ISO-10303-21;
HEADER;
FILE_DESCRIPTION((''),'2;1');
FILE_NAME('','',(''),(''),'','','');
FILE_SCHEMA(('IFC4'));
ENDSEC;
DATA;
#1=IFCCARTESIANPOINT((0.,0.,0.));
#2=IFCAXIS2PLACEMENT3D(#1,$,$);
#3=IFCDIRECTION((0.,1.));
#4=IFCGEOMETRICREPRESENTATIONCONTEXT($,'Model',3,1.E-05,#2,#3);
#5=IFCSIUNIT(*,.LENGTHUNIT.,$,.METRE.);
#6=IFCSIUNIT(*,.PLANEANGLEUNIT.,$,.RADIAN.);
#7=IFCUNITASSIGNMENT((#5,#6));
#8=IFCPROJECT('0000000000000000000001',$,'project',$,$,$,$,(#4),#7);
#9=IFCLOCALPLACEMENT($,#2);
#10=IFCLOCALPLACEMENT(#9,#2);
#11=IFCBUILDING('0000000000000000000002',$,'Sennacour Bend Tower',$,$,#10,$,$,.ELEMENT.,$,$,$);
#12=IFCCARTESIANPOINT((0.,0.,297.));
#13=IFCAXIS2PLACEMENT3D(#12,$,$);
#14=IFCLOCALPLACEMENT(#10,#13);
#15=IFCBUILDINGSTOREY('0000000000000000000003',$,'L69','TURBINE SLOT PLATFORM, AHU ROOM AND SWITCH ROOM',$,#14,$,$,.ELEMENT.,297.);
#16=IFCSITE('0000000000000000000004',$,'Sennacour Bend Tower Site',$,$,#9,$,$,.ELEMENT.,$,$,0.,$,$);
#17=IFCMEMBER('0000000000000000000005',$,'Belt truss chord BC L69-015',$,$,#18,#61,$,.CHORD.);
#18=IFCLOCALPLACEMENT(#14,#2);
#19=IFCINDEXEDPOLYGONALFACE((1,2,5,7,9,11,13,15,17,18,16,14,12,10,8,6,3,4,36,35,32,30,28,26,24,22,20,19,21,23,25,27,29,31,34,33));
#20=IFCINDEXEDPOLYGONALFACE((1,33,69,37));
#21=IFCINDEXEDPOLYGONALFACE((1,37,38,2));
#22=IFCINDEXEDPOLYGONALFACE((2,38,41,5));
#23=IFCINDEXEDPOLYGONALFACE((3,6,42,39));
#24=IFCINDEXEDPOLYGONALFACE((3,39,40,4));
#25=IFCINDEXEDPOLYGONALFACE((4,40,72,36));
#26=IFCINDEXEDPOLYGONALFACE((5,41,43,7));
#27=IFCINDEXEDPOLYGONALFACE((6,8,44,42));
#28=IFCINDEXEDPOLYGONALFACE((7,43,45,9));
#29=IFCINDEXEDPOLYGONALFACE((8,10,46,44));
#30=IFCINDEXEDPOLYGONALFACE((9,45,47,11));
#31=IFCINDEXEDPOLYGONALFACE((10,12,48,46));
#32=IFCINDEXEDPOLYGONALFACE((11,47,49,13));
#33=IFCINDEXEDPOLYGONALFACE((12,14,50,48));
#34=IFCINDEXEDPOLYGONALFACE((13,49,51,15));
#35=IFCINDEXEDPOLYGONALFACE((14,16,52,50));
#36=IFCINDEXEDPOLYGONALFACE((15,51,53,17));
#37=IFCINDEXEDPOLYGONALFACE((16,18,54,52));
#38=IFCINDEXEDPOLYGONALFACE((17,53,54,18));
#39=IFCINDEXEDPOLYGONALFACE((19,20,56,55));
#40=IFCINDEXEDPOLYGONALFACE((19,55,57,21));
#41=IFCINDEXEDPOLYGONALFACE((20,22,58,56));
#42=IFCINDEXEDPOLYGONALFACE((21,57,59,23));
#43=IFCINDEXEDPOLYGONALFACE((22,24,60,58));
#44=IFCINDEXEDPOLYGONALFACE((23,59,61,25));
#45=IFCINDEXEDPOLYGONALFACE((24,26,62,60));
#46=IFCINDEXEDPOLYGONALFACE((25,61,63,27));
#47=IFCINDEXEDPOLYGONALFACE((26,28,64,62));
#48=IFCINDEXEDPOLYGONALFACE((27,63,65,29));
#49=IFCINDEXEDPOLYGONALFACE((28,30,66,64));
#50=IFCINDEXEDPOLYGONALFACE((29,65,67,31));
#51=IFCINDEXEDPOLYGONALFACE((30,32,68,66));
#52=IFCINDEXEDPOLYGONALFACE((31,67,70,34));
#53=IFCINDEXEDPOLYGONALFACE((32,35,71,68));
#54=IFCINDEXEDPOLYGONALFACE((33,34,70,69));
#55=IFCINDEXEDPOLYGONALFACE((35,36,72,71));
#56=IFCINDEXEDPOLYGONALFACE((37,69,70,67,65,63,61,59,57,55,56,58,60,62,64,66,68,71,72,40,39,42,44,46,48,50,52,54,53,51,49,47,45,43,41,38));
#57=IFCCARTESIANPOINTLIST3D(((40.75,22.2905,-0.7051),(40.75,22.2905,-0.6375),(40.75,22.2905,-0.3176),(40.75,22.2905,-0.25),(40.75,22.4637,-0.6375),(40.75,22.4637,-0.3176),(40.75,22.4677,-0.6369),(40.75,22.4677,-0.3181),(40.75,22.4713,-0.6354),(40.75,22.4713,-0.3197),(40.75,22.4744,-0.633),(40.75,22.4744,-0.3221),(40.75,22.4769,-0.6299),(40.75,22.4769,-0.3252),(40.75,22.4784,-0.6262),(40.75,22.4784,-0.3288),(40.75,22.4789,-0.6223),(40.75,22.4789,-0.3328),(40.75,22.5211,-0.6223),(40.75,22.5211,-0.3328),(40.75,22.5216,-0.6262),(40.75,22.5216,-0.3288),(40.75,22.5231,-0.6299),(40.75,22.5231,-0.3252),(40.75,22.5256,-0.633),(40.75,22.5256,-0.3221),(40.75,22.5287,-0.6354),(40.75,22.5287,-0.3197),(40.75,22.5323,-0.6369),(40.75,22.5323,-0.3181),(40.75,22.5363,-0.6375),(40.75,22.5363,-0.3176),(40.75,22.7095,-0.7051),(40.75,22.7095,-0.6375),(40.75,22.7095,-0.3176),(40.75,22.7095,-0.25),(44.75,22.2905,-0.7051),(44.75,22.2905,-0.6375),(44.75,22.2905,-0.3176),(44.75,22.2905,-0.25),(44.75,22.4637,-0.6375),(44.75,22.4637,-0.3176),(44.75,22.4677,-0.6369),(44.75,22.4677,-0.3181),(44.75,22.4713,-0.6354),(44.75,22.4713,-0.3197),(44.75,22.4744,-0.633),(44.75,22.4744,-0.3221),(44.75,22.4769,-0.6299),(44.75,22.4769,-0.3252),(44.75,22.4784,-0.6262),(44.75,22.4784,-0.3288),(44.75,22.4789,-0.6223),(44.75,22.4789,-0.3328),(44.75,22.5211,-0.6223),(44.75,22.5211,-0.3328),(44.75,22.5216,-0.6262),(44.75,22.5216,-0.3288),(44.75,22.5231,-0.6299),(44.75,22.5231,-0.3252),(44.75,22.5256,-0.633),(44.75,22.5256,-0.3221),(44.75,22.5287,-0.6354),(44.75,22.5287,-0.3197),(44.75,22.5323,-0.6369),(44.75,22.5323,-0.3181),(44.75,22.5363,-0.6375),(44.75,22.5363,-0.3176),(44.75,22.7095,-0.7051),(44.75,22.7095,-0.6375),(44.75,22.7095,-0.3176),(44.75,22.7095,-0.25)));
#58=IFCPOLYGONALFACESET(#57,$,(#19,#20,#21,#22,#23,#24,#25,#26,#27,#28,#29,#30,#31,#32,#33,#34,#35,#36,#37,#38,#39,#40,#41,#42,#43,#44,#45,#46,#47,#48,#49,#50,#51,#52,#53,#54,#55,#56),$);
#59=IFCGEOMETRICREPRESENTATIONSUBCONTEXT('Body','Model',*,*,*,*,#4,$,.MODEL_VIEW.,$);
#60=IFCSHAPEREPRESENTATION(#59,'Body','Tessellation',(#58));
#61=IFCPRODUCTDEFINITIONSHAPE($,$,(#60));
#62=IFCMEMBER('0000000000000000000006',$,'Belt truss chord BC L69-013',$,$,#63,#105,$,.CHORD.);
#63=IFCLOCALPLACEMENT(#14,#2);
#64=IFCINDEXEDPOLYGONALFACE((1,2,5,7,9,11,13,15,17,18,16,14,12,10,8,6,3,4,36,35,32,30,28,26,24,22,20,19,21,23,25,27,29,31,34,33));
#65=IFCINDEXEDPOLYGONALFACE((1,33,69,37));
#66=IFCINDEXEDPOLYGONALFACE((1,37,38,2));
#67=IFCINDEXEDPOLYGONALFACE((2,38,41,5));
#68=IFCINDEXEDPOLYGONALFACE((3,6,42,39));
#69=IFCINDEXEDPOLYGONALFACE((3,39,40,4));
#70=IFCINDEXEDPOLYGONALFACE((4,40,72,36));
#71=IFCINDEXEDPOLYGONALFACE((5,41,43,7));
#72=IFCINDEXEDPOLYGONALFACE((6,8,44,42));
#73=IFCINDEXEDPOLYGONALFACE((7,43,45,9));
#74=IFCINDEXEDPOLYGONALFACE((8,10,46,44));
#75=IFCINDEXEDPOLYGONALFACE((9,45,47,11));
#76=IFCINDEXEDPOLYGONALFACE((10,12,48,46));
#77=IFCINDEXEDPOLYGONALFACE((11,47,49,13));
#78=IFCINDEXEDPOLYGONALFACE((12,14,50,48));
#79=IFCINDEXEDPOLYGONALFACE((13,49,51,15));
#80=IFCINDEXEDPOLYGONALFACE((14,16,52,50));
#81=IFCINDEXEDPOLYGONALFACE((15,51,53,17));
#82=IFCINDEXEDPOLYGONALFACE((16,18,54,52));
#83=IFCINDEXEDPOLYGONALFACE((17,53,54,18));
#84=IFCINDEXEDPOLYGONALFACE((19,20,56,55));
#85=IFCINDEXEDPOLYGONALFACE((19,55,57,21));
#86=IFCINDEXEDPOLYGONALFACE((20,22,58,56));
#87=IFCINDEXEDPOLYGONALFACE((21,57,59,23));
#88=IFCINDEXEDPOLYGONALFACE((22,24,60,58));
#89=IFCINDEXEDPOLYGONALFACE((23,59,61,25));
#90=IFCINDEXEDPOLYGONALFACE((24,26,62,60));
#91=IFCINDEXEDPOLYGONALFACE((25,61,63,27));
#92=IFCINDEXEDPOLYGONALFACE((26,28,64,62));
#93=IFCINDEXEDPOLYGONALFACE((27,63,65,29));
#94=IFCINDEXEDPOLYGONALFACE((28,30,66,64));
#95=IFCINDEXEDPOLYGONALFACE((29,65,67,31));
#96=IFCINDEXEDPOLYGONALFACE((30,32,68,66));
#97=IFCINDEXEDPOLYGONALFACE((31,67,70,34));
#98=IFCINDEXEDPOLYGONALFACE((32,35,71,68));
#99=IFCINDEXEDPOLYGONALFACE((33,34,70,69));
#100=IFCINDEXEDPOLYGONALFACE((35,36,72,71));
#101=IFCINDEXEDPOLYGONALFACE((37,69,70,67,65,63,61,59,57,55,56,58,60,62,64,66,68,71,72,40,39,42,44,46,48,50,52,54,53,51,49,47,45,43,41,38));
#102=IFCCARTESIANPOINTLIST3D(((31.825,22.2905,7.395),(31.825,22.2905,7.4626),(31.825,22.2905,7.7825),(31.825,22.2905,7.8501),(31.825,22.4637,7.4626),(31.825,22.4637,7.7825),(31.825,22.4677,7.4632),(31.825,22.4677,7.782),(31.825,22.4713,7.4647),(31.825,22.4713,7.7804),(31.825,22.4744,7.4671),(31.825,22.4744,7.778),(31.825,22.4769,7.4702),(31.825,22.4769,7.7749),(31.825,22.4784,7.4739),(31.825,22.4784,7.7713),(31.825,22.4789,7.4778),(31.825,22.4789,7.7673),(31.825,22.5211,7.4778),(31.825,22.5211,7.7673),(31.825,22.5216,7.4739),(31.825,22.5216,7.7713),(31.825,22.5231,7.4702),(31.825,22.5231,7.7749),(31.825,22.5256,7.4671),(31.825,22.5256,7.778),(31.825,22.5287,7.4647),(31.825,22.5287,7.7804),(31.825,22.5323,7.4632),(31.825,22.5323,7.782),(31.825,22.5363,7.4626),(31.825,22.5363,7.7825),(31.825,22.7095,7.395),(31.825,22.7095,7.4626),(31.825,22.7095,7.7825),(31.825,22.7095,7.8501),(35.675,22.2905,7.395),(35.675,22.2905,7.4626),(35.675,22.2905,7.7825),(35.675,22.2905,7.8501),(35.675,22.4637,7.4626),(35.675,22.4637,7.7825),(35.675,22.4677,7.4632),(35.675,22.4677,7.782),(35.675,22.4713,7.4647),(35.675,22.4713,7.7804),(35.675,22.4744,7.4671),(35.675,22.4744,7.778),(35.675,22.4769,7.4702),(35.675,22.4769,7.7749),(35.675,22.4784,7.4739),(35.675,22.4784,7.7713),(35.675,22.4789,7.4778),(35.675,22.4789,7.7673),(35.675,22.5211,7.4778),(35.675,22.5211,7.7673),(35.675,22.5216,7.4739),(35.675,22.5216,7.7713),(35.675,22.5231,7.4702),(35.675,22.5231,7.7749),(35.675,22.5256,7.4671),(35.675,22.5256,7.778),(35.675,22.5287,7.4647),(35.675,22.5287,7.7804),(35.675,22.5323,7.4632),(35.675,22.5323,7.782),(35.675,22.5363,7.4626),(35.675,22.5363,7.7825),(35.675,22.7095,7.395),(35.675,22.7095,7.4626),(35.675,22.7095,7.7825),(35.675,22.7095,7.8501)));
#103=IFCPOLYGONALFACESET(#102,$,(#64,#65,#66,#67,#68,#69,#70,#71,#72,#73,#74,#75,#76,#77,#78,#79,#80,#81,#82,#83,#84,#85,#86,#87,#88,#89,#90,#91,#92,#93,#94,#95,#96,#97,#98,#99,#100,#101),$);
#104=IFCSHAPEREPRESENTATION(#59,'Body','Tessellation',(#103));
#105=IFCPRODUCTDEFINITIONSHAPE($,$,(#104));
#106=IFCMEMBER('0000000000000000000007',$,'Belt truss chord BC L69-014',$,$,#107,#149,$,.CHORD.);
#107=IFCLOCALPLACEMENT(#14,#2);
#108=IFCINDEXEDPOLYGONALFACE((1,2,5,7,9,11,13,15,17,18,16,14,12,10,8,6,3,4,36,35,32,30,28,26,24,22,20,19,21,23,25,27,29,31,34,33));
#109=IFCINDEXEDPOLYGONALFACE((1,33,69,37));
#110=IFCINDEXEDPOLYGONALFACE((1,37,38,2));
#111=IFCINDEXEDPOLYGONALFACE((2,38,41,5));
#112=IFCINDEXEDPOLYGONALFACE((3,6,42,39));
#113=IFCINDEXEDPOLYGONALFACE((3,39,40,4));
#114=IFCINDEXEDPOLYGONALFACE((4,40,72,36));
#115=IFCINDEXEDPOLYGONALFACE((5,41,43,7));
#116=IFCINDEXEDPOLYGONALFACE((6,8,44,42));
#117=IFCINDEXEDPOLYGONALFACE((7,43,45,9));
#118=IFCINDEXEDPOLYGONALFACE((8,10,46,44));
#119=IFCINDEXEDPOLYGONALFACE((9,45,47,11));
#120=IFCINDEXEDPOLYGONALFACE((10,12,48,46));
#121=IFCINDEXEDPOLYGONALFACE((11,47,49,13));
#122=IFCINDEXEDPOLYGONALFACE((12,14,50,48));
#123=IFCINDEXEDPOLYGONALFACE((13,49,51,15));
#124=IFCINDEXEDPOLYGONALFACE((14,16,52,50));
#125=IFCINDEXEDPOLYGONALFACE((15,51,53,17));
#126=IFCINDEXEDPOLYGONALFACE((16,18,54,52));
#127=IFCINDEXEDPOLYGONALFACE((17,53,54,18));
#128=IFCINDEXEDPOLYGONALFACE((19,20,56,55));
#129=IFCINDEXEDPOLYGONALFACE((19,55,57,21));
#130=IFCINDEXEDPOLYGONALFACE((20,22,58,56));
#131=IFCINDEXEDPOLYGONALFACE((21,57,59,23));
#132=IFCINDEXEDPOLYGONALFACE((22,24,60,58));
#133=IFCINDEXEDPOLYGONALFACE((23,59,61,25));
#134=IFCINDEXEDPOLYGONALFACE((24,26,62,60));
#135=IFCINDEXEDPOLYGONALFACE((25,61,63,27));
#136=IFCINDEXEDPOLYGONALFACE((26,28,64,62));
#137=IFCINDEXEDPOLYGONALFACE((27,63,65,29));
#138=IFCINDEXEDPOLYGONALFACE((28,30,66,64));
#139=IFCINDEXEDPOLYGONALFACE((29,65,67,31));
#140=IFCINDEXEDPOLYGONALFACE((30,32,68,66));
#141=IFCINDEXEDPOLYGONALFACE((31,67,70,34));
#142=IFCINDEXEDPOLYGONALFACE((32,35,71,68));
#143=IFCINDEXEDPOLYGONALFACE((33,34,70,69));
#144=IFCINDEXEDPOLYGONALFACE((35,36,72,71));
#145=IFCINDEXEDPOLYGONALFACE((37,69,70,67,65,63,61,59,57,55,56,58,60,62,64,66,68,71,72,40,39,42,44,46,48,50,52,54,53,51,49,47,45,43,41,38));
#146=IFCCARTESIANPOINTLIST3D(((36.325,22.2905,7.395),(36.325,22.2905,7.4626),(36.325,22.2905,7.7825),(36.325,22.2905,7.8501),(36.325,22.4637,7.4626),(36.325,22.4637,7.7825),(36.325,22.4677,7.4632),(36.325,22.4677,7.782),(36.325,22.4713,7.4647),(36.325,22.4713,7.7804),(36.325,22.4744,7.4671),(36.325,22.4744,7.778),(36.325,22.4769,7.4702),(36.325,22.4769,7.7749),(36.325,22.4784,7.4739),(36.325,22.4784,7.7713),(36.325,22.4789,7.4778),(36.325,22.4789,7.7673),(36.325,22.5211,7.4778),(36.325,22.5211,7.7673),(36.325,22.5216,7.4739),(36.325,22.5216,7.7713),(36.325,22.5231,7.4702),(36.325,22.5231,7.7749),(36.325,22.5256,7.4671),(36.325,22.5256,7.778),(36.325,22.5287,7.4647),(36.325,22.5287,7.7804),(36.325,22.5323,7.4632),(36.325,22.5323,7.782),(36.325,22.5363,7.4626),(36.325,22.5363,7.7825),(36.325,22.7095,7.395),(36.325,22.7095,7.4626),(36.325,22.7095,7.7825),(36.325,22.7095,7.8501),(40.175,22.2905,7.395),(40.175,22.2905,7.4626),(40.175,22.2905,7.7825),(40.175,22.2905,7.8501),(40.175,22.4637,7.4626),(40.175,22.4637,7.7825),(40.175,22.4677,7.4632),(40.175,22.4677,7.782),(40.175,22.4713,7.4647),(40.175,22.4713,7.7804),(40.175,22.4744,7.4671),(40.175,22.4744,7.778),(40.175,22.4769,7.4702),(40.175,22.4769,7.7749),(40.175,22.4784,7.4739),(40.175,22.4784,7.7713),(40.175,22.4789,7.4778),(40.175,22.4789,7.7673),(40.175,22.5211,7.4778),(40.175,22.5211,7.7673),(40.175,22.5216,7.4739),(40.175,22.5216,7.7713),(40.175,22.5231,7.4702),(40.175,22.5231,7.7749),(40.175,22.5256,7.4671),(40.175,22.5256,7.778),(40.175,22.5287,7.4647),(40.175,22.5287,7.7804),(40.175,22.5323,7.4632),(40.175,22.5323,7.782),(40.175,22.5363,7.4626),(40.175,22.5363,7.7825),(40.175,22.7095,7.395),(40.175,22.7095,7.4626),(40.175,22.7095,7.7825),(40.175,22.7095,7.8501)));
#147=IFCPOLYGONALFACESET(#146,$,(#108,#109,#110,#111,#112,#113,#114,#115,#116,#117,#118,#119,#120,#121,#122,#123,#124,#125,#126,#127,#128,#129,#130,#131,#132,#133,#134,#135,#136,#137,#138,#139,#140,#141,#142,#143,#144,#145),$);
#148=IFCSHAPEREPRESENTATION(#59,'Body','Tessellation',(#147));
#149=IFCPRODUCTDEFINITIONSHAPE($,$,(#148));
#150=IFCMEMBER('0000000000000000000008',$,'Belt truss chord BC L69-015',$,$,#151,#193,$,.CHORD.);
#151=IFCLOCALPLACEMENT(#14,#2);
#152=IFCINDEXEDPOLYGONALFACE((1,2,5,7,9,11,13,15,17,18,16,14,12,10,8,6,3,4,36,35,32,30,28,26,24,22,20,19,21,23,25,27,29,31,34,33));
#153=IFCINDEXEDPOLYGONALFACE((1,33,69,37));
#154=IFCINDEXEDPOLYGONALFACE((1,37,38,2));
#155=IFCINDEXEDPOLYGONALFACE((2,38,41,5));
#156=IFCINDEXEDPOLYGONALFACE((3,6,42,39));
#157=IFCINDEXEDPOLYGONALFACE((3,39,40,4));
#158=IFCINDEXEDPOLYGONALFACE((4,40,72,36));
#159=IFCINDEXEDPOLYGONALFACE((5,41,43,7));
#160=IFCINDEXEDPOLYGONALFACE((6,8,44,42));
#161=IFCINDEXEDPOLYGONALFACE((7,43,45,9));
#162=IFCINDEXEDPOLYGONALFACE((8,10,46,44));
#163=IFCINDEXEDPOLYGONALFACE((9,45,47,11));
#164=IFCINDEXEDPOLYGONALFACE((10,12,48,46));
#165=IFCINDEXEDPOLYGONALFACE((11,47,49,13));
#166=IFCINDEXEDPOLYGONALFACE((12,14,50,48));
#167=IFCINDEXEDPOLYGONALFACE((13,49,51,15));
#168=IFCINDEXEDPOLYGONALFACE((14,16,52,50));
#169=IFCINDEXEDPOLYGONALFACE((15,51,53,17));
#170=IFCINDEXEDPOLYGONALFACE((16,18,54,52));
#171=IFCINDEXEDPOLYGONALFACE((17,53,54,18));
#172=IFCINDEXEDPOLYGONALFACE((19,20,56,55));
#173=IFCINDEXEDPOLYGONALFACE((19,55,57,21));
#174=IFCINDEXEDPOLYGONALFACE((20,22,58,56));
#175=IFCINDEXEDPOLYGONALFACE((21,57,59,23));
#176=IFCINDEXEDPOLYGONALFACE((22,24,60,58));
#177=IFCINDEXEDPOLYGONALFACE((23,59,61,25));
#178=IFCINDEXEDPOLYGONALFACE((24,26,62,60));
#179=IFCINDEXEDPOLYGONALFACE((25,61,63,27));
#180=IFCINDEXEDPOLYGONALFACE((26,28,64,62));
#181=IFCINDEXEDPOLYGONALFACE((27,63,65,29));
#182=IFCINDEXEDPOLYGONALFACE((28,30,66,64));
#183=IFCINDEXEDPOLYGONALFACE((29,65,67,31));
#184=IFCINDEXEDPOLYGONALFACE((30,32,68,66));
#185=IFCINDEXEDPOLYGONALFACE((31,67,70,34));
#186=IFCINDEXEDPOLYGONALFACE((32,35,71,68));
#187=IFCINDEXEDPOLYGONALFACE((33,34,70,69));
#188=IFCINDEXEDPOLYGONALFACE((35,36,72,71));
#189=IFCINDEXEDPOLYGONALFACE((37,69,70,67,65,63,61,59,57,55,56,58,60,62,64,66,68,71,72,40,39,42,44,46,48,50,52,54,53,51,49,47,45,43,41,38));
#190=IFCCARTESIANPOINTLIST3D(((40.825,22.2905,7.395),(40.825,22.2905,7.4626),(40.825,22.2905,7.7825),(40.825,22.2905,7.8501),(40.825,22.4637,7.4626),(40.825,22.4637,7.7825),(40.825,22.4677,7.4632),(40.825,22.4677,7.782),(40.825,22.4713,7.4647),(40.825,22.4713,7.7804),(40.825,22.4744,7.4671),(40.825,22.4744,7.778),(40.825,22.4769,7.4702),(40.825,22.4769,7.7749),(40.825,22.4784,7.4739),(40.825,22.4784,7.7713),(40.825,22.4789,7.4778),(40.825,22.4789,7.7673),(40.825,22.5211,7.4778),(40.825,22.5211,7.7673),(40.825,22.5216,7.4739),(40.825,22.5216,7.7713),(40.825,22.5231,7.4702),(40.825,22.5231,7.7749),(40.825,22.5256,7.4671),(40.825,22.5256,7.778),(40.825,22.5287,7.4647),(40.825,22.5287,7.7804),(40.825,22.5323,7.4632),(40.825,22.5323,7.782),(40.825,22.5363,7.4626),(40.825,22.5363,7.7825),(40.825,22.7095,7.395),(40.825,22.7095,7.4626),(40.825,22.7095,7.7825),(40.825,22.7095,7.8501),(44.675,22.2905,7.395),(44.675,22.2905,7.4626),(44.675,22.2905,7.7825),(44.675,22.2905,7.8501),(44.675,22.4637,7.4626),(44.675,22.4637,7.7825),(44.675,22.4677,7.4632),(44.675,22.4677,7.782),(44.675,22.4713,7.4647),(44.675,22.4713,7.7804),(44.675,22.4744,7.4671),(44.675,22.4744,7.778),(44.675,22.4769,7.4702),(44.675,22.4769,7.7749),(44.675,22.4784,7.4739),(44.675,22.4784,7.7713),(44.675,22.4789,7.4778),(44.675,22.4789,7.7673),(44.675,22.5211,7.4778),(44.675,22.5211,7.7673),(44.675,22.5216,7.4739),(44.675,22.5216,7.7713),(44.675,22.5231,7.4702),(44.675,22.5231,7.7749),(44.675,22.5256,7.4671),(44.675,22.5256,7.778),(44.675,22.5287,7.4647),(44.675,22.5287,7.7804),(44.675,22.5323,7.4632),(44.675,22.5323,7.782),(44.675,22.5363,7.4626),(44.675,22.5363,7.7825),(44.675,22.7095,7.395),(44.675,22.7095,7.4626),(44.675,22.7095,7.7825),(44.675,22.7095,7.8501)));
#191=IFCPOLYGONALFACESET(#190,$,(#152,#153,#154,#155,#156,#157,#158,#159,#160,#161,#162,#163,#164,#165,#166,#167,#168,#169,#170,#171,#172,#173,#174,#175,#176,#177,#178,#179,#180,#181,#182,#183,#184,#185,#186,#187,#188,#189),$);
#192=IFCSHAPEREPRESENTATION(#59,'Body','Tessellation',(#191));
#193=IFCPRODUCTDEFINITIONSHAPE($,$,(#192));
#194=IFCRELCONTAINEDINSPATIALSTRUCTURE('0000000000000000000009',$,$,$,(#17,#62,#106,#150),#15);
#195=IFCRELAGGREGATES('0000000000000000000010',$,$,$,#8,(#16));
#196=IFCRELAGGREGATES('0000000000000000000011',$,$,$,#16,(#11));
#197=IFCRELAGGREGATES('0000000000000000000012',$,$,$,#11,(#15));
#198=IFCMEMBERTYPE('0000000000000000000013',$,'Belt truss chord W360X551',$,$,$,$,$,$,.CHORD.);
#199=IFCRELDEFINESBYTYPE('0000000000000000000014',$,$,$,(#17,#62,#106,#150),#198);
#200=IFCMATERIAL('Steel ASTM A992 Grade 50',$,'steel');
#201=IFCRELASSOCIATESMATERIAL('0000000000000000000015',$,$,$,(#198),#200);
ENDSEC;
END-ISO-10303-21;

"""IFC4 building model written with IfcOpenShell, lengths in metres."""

from ifc_helpers import new_model, si_unit, direction, frame, origin, origin_2d, place, context, subcontext, project, spatial, i_section, extrude, material, material_profile, profile_set, type_object, element, save


model = new_model("IFC4")

# Units and contexts
model_context = context("Model", 3, precision=1e-05, world=origin(), true_north=direction((0.0, 1.0)))
body_context = subcontext(model_context, "Body", "Model", "MODEL_VIEW")
ifc_project = project(units=[si_unit("LENGTHUNIT", "METRE"), si_unit("PLANEANGLEUNIT", "RADIAN")], contexts=[model_context])

# Site, building, storey
site_placement = place(None, origin())
site = spatial("IfcSite", under=ifc_project, at=site_placement, Name="Sennacour Bend Tower Site", CompositionType="ELEMENT", RefElevation=0.0)
building_placement = place(site_placement, origin())
building = spatial("IfcBuilding", under=site, at=building_placement, Name="Sennacour Bend Tower", CompositionType="ELEMENT")
storey_placement = place(building_placement, frame((0.0, 0.0, 297.0)))
storey = spatial("IfcBuildingStorey", under=building, at=storey_placement, Name="L69", Description="TURBINE SLOT PLATFORM, AHU ROOM AND SWITCH ROOM", CompositionType="ELEMENT", Elevation=297.0)

# Members
ifc_material_1 = material(Name="Steel ASTM A992 Grade 50", Category="steel")
ifc_material_profile_1 = material_profile(ifc_material_1, i_section(OverallWidth=0.4189, OverallDepth=0.4551, WebThickness=0.0422, FlangeThickness=0.0676, FilletRadius=0.0151, at=origin_2d()), Name="Steel ASTM A992 Grade 50", Category="steel")
ifc_profile_set_1 = profile_set([ifc_material_profile_1], Name="Steel ASTM A992 Grade 50")
member_type_1 = type_object("IfcMemberType", Name="Belt truss chord W360X551", PredefinedType="CHORD", material=ifc_profile_set_1)
for number, where, z_axis, x_axis, name in (
    (1, (40.75, 22.5, -0.4775), (1.0, 0.0, 0.0), (0.0, 1.0, 0.0), "Belt truss chord BC L69-015"),
):
    element("IfcMember", number, at=place(storey_placement, frame(where, z_axis=z_axis, x_axis=x_axis)), inside=storey, type_object=member_type_1, Name=name, PredefinedType="CHORD", context=body_context, shape_type="SweptSolid", body=[
        extrude(i_section(OverallWidth=0.4189, OverallDepth=0.4551, WebThickness=0.0422, FlangeThickness=0.0676, FilletRadius=0.0151, at=origin_2d()), origin(), (0.0, 0.0, 1.0), 4.0),
    ])
for number, where, z_axis, x_axis, name in (
    (2, (31.825, 22.5, 7.6226), (1.0, 0.0, 0.0), (0.0, 1.0, 0.0), "Belt truss chord BC L69-013"),
    (3, (36.325, 22.5, 7.6226), (1.0, 0.0, 0.0), (0.0, 1.0, 0.0), "Belt truss chord BC L69-014"),
    (4, (40.825, 22.5, 7.6226), (1.0, 0.0, 0.0), (0.0, 1.0, 0.0), "Belt truss chord BC L69-015"),
):
    element("IfcMember", number, at=place(storey_placement, frame(where, z_axis=z_axis, x_axis=x_axis)), inside=storey, type_object=member_type_1, Name=name, PredefinedType="CHORD", context=body_context, shape_type="SweptSolid", body=[
        extrude(i_section(OverallWidth=0.4189, OverallDepth=0.4551, WebThickness=0.0422, FlangeThickness=0.0676, FilletRadius=0.0151, at=origin_2d()), origin(), (0.0, 0.0, 1.0), 3.8501),
    ])

save(model, "model.ifc")
